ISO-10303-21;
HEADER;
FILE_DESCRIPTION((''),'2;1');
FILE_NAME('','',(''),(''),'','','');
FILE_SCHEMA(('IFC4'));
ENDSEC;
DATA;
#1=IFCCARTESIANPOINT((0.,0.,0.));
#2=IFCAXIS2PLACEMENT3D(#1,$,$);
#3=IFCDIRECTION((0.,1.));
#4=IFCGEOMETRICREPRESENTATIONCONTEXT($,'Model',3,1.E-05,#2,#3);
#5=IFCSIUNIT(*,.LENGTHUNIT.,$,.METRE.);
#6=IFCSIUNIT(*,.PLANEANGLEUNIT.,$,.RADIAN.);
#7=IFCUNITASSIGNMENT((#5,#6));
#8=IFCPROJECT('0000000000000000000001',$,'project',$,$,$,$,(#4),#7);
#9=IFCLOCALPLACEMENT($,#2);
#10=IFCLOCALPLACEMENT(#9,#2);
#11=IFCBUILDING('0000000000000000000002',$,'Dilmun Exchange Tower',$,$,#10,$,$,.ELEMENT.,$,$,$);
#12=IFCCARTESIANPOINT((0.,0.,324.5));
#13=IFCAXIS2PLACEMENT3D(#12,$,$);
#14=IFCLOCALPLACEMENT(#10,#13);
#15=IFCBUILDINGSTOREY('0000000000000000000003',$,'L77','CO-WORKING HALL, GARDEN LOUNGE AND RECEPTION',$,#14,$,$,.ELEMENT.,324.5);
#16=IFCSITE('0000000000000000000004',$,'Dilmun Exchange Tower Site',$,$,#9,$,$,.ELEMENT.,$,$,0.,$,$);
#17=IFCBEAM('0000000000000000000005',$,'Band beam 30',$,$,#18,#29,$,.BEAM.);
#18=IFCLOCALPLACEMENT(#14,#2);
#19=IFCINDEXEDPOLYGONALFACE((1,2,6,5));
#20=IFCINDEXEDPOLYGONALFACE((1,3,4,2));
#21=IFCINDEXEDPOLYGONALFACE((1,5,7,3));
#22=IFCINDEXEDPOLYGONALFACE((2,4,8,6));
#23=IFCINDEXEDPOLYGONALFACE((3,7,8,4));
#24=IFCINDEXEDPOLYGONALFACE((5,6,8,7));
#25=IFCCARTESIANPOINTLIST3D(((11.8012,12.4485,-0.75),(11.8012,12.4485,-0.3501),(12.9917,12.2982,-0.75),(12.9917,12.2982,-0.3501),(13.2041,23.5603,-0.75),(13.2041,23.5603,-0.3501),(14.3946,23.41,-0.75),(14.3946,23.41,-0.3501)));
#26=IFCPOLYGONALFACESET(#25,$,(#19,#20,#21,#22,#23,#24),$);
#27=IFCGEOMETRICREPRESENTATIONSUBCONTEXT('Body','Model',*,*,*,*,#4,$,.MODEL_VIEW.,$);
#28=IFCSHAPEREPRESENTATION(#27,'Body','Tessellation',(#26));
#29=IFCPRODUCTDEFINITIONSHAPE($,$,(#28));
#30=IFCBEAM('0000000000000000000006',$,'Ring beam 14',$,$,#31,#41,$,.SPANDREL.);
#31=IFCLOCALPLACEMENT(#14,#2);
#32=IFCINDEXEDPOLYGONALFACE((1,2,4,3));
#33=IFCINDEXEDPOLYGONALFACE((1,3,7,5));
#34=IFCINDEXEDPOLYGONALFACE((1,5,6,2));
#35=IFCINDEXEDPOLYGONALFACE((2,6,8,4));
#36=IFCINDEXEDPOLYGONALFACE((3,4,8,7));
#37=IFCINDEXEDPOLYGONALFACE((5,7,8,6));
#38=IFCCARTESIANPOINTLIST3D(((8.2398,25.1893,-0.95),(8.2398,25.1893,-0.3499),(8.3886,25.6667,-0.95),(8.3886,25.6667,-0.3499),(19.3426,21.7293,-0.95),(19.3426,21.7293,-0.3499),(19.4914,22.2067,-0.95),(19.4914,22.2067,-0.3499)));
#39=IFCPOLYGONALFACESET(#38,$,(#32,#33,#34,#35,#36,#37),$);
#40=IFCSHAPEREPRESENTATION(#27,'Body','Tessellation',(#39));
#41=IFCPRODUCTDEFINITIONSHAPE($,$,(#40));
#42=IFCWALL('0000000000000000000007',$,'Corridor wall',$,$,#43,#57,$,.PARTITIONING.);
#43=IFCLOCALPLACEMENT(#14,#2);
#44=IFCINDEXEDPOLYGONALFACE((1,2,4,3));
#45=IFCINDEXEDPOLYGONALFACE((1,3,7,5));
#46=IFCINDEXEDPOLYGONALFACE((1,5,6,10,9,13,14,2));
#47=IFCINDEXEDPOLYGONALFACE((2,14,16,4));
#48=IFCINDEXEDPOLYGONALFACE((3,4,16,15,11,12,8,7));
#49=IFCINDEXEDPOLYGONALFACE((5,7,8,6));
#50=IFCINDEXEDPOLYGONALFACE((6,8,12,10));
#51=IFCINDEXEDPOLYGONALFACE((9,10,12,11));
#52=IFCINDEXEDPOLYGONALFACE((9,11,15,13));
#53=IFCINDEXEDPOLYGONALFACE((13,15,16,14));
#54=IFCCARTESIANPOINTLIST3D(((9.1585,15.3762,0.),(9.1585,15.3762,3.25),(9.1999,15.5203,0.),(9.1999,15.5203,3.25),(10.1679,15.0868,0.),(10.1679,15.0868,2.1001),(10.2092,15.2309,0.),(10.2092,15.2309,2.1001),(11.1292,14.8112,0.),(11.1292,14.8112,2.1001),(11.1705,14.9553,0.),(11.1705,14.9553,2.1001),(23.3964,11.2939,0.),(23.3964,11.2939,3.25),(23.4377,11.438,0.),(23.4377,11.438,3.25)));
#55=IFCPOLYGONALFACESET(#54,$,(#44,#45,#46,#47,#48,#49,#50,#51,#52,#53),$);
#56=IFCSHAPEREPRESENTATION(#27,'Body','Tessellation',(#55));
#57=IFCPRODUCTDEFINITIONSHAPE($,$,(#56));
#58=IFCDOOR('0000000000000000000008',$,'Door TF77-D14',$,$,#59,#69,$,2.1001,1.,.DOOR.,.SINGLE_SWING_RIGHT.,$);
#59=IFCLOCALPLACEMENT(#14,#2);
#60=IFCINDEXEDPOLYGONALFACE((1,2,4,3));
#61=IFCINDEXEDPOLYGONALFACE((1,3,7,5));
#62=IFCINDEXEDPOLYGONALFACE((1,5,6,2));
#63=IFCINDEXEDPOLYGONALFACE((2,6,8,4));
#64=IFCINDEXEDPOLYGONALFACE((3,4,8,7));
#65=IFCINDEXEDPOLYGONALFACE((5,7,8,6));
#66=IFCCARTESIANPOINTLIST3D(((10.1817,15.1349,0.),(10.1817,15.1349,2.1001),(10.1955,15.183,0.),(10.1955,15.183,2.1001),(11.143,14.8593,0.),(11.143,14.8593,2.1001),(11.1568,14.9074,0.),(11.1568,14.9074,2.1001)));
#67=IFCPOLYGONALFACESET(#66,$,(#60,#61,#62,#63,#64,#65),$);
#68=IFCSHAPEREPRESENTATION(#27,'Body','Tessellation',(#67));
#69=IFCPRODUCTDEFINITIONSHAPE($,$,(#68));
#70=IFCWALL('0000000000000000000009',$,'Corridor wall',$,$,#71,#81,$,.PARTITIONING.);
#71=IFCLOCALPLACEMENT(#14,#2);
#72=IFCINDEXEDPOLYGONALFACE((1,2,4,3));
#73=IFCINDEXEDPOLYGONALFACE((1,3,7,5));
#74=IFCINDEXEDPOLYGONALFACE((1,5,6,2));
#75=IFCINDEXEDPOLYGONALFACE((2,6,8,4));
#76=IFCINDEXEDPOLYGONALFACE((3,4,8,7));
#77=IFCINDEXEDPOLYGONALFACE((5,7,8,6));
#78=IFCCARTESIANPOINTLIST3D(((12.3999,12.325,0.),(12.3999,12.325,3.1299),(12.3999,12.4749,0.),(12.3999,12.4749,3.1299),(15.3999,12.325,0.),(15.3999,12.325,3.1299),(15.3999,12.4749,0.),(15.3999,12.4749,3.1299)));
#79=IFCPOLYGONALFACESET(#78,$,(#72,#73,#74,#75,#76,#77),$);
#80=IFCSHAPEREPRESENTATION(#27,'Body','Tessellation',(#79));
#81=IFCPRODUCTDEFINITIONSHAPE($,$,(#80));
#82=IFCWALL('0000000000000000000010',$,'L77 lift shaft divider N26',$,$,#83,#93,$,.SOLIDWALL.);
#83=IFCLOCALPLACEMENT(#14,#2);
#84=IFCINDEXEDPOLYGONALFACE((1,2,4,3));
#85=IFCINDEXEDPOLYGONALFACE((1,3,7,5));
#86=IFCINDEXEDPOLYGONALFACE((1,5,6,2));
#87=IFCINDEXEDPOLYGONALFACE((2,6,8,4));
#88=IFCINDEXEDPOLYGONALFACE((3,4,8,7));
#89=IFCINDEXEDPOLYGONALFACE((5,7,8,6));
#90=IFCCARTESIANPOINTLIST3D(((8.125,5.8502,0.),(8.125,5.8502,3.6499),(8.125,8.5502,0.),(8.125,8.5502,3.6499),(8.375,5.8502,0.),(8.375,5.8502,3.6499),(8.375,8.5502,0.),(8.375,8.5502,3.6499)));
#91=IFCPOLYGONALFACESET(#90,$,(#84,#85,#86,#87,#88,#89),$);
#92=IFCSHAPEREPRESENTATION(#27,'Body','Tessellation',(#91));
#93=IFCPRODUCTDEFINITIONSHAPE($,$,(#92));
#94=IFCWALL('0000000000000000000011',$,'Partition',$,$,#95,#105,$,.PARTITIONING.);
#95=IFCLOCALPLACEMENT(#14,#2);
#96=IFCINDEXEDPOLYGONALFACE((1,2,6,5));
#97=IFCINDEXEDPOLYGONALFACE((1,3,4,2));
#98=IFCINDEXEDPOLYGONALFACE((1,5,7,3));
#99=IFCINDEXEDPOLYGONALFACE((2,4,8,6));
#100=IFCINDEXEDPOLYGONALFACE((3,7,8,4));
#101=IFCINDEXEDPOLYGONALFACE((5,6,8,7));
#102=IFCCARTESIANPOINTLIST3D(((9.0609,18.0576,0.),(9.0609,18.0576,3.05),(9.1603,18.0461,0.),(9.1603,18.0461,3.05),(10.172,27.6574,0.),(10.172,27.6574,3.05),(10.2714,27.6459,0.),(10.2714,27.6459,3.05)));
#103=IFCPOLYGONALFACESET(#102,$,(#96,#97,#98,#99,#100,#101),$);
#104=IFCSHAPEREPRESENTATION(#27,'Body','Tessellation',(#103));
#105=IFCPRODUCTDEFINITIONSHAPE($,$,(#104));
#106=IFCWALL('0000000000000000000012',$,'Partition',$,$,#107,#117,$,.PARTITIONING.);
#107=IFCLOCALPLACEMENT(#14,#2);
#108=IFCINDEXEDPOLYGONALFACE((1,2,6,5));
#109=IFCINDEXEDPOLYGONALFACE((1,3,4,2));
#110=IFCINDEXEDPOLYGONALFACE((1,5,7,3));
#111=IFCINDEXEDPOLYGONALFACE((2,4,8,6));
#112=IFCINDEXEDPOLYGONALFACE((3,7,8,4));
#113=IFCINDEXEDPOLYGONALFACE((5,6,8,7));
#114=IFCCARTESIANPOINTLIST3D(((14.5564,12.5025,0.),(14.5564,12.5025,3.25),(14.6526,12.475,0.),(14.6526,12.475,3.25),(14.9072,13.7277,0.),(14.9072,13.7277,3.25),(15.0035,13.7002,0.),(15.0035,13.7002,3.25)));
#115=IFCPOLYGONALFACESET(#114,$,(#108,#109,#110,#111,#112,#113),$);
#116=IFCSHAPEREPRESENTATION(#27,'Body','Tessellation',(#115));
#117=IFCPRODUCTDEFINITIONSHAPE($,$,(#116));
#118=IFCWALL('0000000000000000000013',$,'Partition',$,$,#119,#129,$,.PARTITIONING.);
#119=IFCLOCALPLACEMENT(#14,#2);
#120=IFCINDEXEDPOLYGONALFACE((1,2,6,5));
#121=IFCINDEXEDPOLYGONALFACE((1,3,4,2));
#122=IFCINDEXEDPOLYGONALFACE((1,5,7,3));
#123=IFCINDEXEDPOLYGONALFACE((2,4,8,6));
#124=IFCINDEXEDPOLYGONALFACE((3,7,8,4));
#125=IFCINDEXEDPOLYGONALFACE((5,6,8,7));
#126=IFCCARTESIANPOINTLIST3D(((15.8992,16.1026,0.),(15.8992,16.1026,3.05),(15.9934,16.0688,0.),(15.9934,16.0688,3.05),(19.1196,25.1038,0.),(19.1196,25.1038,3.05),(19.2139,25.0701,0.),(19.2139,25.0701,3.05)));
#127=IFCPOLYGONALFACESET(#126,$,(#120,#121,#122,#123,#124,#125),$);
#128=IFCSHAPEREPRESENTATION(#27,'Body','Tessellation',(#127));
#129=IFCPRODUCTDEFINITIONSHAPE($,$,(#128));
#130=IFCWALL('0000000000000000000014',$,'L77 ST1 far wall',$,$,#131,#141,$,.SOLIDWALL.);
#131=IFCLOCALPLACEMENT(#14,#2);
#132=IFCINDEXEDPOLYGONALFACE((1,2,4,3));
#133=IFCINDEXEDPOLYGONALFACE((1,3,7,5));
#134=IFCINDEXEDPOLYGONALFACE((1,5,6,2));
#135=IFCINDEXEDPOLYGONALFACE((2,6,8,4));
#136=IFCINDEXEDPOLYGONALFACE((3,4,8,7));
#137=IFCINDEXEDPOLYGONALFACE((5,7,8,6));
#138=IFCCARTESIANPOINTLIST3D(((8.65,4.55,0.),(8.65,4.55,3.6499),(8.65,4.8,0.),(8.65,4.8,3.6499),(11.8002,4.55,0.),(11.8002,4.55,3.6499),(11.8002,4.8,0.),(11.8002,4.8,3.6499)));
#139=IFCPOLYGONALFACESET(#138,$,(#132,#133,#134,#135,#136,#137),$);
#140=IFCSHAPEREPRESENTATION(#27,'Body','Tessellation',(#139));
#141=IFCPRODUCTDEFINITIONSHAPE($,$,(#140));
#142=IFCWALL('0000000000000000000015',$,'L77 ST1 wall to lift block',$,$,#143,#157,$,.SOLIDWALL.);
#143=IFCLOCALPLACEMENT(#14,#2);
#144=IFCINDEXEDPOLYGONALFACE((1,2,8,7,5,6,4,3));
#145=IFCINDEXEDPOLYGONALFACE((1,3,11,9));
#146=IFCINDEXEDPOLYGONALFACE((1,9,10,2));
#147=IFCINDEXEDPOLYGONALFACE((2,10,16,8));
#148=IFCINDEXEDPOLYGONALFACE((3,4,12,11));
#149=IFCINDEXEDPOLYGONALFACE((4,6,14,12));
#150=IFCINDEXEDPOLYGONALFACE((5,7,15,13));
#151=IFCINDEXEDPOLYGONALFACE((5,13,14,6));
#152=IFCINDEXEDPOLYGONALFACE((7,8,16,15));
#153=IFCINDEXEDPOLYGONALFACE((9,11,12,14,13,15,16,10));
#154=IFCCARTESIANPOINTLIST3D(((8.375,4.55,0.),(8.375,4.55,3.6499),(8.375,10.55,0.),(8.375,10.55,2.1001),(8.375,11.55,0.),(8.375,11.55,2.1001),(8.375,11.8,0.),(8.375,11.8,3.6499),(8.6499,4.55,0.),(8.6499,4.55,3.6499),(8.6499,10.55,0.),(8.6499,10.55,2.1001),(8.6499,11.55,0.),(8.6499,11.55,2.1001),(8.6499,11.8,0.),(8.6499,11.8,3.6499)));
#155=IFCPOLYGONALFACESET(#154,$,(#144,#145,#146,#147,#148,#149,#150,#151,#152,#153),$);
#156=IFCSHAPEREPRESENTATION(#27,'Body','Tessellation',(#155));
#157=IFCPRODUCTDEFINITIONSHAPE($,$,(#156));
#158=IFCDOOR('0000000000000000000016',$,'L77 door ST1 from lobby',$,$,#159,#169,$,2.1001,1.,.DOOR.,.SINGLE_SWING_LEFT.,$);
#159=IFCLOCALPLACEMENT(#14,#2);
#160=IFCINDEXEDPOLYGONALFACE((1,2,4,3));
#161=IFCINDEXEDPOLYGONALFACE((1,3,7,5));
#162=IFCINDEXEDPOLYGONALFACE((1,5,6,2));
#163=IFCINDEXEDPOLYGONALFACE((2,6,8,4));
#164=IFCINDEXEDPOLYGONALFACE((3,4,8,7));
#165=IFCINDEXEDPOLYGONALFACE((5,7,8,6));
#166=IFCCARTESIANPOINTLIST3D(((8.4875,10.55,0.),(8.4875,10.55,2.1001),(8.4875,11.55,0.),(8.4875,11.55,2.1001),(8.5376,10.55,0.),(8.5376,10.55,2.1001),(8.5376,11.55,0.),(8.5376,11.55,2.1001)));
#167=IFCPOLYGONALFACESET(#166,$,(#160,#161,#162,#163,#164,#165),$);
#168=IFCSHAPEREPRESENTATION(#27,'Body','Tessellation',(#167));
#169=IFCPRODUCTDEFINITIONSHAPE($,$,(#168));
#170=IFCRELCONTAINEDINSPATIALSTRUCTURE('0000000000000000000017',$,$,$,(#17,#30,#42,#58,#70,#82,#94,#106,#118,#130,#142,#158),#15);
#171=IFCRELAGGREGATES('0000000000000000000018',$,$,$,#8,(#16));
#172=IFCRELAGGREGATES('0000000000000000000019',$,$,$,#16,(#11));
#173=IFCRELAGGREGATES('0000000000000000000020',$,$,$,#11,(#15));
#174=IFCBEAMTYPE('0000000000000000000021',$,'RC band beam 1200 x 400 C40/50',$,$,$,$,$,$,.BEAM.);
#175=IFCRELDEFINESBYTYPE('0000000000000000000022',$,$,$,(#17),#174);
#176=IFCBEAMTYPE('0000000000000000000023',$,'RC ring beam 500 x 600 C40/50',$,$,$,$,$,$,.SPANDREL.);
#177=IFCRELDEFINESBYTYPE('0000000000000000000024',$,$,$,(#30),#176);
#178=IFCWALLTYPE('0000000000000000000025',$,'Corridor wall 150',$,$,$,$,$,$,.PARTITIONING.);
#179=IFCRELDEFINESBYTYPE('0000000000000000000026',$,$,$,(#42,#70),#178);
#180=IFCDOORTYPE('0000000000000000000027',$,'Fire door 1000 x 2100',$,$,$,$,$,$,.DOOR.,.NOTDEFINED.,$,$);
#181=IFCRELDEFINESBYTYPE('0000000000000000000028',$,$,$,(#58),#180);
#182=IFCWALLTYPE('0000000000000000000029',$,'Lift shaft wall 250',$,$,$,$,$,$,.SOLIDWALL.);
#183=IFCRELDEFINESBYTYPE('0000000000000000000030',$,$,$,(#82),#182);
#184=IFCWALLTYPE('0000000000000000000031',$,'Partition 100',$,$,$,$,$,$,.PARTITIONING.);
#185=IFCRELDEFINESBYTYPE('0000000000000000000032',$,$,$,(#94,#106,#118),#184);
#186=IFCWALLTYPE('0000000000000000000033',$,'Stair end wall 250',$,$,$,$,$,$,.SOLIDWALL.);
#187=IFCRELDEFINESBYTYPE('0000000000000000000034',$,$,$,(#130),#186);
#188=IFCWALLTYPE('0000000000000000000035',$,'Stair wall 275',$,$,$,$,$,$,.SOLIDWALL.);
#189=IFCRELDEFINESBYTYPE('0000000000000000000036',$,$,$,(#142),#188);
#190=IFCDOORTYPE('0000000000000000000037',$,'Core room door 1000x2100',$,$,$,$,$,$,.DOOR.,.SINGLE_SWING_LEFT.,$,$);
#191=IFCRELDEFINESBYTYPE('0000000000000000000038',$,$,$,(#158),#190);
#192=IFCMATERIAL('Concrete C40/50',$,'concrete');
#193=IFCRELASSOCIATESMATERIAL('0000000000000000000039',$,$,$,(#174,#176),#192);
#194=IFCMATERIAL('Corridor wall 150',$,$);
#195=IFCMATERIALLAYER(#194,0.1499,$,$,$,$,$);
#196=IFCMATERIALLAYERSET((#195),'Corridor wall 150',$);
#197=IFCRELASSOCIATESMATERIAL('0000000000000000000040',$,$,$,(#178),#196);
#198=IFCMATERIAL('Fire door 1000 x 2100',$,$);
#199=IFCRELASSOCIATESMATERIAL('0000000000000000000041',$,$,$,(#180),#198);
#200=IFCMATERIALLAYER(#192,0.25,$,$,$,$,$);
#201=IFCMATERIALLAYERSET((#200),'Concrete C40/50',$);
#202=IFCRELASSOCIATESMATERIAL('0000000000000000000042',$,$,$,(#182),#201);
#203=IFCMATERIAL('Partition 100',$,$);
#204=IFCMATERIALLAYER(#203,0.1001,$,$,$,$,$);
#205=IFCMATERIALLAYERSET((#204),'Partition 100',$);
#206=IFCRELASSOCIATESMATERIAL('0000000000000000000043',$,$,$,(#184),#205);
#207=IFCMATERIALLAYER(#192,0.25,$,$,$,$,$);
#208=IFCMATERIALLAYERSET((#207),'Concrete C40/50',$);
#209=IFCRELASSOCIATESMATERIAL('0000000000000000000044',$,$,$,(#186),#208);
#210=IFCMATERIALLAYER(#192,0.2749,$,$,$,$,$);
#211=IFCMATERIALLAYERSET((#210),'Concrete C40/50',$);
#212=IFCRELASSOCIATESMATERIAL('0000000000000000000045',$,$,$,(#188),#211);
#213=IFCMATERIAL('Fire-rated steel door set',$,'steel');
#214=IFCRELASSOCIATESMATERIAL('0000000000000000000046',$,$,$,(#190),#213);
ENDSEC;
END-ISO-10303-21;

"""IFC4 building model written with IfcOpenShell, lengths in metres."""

from ifc_helpers import new_model, si_unit, direction, frame, frame_2d, origin, origin_2d, place, context, subcontext, project, spatial, rectangle, extrude, material, layer, layer_set, material_profile, profile_set, type_object, element, fill, save


model = new_model("IFC4")

# Units and contexts
model_context = context("Model", 3, precision=1e-05, world=origin(), true_north=direction((0.0, 1.0)))
body_context = subcontext(model_context, "Body", "Model", "MODEL_VIEW")
ifc_project = project(units=[si_unit("LENGTHUNIT", "METRE"), si_unit("PLANEANGLEUNIT", "RADIAN")], contexts=[model_context])

# Site, building, storey
site_placement = place(None, origin())
site = spatial("IfcSite", under=ifc_project, at=site_placement, Name="Dilmun Exchange Tower Site", CompositionType="ELEMENT", RefElevation=0.0)
building_placement = place(site_placement, origin())
building = spatial("IfcBuilding", under=site, at=building_placement, Name="Dilmun Exchange Tower", CompositionType="ELEMENT")
storey_placement = place(building_placement, frame((0.0, 0.0, 324.5)))
storey = spatial("IfcBuildingStorey", under=building, at=storey_placement, Name="L77", Description="CO-WORKING HALL, GARDEN LOUNGE AND RECEPTION", CompositionType="ELEMENT", Elevation=324.5)

# Beams
ifc_material_1 = material(Name="Concrete C40/50", Category="concrete")
ifc_material_profile_1 = material_profile(ifc_material_1, rectangle(XDim=1.2, YDim=0.3999, at=origin_2d()), Name="1200 x 400")
ifc_profile_set_1 = profile_set([ifc_material_profile_1], Name="Concrete C40/50")
beam_type_1 = type_object("IfcBeamType", Name="RC band beam 1200 x 400 C40/50", PredefinedType="BEAM", material=ifc_profile_set_1)
beam_1_placement = place(storey_placement, frame((13.7993, 23.4851, -0.55), z_axis=(-0.125253, -0.992125, 0.0), x_axis=(0.992125, -0.125253, 0.0)))
element("IfcBeam", 1, at=beam_1_placement, inside=storey, type_object=beam_type_1, Name="Band beam 30", PredefinedType="BEAM", context=body_context, shape_type="SweptSolid", body=[
    extrude(rectangle(XDim=1.2, YDim=0.3999, at=origin_2d()), origin(), (0.0, 0.0, 1.0), 11.2),
])
ifc_material_profile_2 = material_profile(ifc_material_1, rectangle(XDim=0.5, YDim=0.6001, at=origin_2d()), Name="500 x 600")
ifc_profile_set_2 = profile_set([ifc_material_profile_2], Name="Concrete C40/50")
beam_type_2 = type_object("IfcBeamType", Name="RC ring beam 500 x 600 C40/50", PredefinedType="SPANDREL", material=ifc_profile_set_2)
beam_2_placement = place(storey_placement, frame((19.417, 21.968, -0.6499), z_axis=(-0.954716, 0.297518, 0.0), x_axis=(-0.297518, -0.954716, 0.0)))
element("IfcBeam", 2, at=beam_2_placement, inside=storey, type_object=beam_type_2, Name="Ring beam 14", PredefinedType="SPANDREL", context=body_context, shape_type="SweptSolid", body=[
    extrude(rectangle(XDim=0.5, YDim=0.6001, at=origin_2d()), origin(), (0.0, 0.0, 1.0), 11.6294),
])

# Wall, opening, door
ifc_material_2 = material(Name="Corridor wall 150")
ifc_layer_1 = layer(ifc_material_2, 0.1499)
ifc_layer_set_1 = layer_set([ifc_layer_1], Name="Corridor wall 150")
wall_type_1 = type_object("IfcWallType", Name="Corridor wall 150", PredefinedType="PARTITIONING", material=ifc_layer_set_1)
wall_1_placement = place(storey_placement, frame((9.1792, 15.4482, 0.0), z_axis=(0.0, 0.0, 1.0), x_axis=(0.961268, -0.275616, 0.0)))
wall_1 = element("IfcWall", 3, at=wall_1_placement, inside=storey, type_object=wall_type_1, Name="Corridor wall", PredefinedType="PARTITIONING", context=body_context, shape_type="SweptSolid", body=[
    extrude(rectangle(XDim=14.8115, YDim=0.1499, at=frame_2d((7.4058, 0.0))), origin(), (0.0, 0.0, 1.0), 3.25),
])
opening_1_placement = place(wall_1_placement, frame((1.05, 0.0, 0.0)))
opening_1 = element("IfcOpeningElement", 4, at=opening_1_placement, cuts=wall_1, PredefinedType="OPENING", context=body_context, shape_type="SweptSolid", body=[
    extrude(rectangle(XDim=1.0, YDim=2.1001, at=frame_2d((0.5, 1.05))), frame((0.0, 0.085, 0.0), z_axis=(0.0, -1.0, 0.0), x_axis=(1.0, 0.0, 0.0)), (0.0, 0.0, 1.0), 0.1699),
])
ifc_material_3 = material(Name="Fire door 1000 x 2100")
door_type_1 = type_object("IfcDoorType", Name="Fire door 1000 x 2100", OperationType="NOTDEFINED", PredefinedType="DOOR", material=ifc_material_3)
door_1_placement = place(opening_1_placement, frame((1.0, 0.0, 0.0), z_axis=(0.0, 0.0, 1.0), x_axis=(-1.0, 0.0, 0.0)))
door_1 = element("IfcDoor", 5, at=door_1_placement, inside=storey, type_object=door_type_1, Name="Door TF77-D14", OperationType="SINGLE_SWING_RIGHT", OverallHeight=2.1001, OverallWidth=1.0, PredefinedType="DOOR", context=body_context, shape_type="SweptSolid", body=[
    extrude(rectangle(XDim=1.0, YDim=2.1001, at=frame_2d((0.5, 1.05))), frame((0.0, 0.0249, 0.0), z_axis=(0.0, -1.0, 0.0), x_axis=(1.0, 0.0, 0.0)), (0.0, 0.0, 1.0), 0.05),
])
fill(opening_1, door_1)

# Walls
wall_2_placement = place(storey_placement, frame((12.3999, 12.3999, 0.0), z_axis=(0.0, 0.0, 1.0), x_axis=(1.0, 0.0, 0.0)))
element("IfcWall", 6, at=wall_2_placement, inside=storey, type_object=wall_type_1, Name="Corridor wall", PredefinedType="PARTITIONING", context=body_context, shape_type="SweptSolid", body=[
    extrude(rectangle(XDim=3.0, YDim=0.1499, at=frame_2d((1.5, 0.0))), origin(), (0.0, 0.0, 1.0), 3.1299),
])
ifc_layer_2 = layer(ifc_material_1, 0.25)
ifc_layer_set_2 = layer_set([ifc_layer_2], Name="Concrete C40/50")
wall_type_2 = type_object("IfcWallType", Name="Lift shaft wall 250", PredefinedType="SOLIDWALL", material=ifc_layer_set_2)
wall_3_placement = place(storey_placement, frame((8.25, 5.8501, 0.0), z_axis=(0.0, 0.0, 1.0), x_axis=(0.0, 1.0, 0.0)))
element("IfcWall", 7, at=wall_3_placement, inside=storey, type_object=wall_type_2, Name="L77 lift shaft divider N26", PredefinedType="SOLIDWALL", context=body_context, shape_type="SweptSolid", body=[
    extrude(rectangle(XDim=2.7, YDim=0.25, at=frame_2d((1.3501, 0.0))), origin(), (0.0, 0.0, 1.0), 3.6499),
])
ifc_material_4 = material(Name="Partition 100")
ifc_layer_3 = layer(ifc_material_4, 0.1001)
ifc_layer_set_3 = layer_set([ifc_layer_3], Name="Partition 100")
wall_type_3 = type_object("IfcWallType", Name="Partition 100", PredefinedType="PARTITIONING", material=ifc_layer_set_3)
wall_4_placement = place(storey_placement, frame((9.1106, 18.0518, 0.0), z_axis=(0.0, 0.0, 1.0), x_axis=(0.114972, 0.993369, 0.0)))
element("IfcWall", 8, at=wall_4_placement, inside=storey, type_object=wall_type_3, Name="Partition", PredefinedType="PARTITIONING", context=body_context, shape_type="SweptSolid", body=[
    extrude(rectangle(XDim=9.6638, YDim=0.1001, at=frame_2d((4.832, 0.0))), origin(), (0.0, 0.0, 1.0), 3.05),
])
wall_5_placement = place(storey_placement, frame((14.6045, 12.4888, 0.0), z_axis=(0.0, 0.0, 1.0), x_axis=(0.275303, 0.961357, 0.0)))
element("IfcWall", 9, at=wall_5_placement, inside=storey, type_object=wall_type_3, Name="Partition", PredefinedType="PARTITIONING", context=body_context, shape_type="SweptSolid", body=[
    extrude(rectangle(XDim=1.2744, YDim=0.1001, at=frame_2d((0.6372, 0.0))), origin(), (0.0, 0.0, 1.0), 3.25),
])
wall_6_placement = place(storey_placement, frame((15.9463, 16.0857, 0.0), z_axis=(0.0, 0.0, 1.0), x_axis=(0.336869, 0.941552, 0.0)))
element("IfcWall", 10, at=wall_6_placement, inside=storey, type_object=wall_type_3, Name="Partition", PredefinedType="PARTITIONING", context=body_context, shape_type="SweptSolid", body=[
    extrude(rectangle(XDim=9.5601, YDim=0.1001, at=frame_2d((4.78, 0.0))), origin(), (0.0, 0.0, 1.0), 3.05),
])
ifc_layer_4 = layer(ifc_material_1, 0.25)
ifc_layer_set_4 = layer_set([ifc_layer_4], Name="Concrete C40/50")
wall_type_4 = type_object("IfcWallType", Name="Stair end wall 250", PredefinedType="SOLIDWALL", material=ifc_layer_set_4)
wall_7_placement = place(storey_placement, frame((8.6499, 4.675, 0.0), z_axis=(0.0, 0.0, 1.0), x_axis=(1.0, 0.0, 0.0)))
element("IfcWall", 11, at=wall_7_placement, inside=storey, type_object=wall_type_4, Name="L77 ST1 far wall", PredefinedType="SOLIDWALL", context=body_context, shape_type="SweptSolid", body=[
    extrude(rectangle(XDim=3.1501, YDim=0.25, at=frame_2d((1.5752, 0.0))), origin(), (0.0, 0.0, 1.0), 3.6499),
])

# Wall, opening, door
ifc_layer_5 = layer(ifc_material_1, 0.2749)
ifc_layer_set_5 = layer_set([ifc_layer_5], Name="Concrete C40/50")
wall_type_5 = type_object("IfcWallType", Name="Stair wall 275", PredefinedType="SOLIDWALL", material=ifc_layer_set_5)
wall_8_placement = place(storey_placement, frame((8.5125, 4.55, 0.0), z_axis=(0.0, 0.0, 1.0), x_axis=(0.0, 1.0, 0.0)))
wall_8 = element("IfcWall", 12, at=wall_8_placement, inside=storey, type_object=wall_type_5, Name="L77 ST1 wall to lift block", PredefinedType="SOLIDWALL", context=body_context, shape_type="SweptSolid", body=[
    extrude(rectangle(XDim=7.25, YDim=0.2749, at=frame_2d((3.625, 0.0))), origin(), (0.0, 0.0, 1.0), 3.6499),
])
opening_2_placement = place(wall_8_placement, frame((6.0, 0.0, 0.0)))
opening_2 = element("IfcOpeningElement", 13, at=opening_2_placement, cuts=wall_8, PredefinedType="OPENING", context=body_context, shape_type="SweptSolid", body=[
    extrude(rectangle(XDim=1.0, YDim=2.1001, at=frame_2d((0.5, 1.05))), frame((0.0, 0.1475, 0.0), z_axis=(0.0, -1.0, 0.0), x_axis=(1.0, 0.0, 0.0)), (0.0, 0.0, 1.0), 0.2949),
])
ifc_material_5 = material(Name="Fire-rated steel door set", Category="steel")
door_type_2 = type_object("IfcDoorType", Name="Core room door 1000x2100", OperationType="SINGLE_SWING_LEFT", PredefinedType="DOOR", material=ifc_material_5)
door_2_placement = place(opening_2_placement, origin())
door_2 = element("IfcDoor", 14, at=door_2_placement, inside=storey, type_object=door_type_2, Name="L77 door ST1 from lobby", OperationType="SINGLE_SWING_LEFT", OverallHeight=2.1001, OverallWidth=1.0, PredefinedType="DOOR", context=body_context, shape_type="SweptSolid", body=[
    extrude(rectangle(XDim=1.0, YDim=2.1001, at=frame_2d((0.5, 1.05))), frame((0.0, 0.0249, 0.0), z_axis=(0.0, -1.0, 0.0), x_axis=(1.0, 0.0, 0.0)), (0.0, 0.0, 1.0), 0.05),
])
fill(opening_2, door_2)

save(model, "model.ifc")
